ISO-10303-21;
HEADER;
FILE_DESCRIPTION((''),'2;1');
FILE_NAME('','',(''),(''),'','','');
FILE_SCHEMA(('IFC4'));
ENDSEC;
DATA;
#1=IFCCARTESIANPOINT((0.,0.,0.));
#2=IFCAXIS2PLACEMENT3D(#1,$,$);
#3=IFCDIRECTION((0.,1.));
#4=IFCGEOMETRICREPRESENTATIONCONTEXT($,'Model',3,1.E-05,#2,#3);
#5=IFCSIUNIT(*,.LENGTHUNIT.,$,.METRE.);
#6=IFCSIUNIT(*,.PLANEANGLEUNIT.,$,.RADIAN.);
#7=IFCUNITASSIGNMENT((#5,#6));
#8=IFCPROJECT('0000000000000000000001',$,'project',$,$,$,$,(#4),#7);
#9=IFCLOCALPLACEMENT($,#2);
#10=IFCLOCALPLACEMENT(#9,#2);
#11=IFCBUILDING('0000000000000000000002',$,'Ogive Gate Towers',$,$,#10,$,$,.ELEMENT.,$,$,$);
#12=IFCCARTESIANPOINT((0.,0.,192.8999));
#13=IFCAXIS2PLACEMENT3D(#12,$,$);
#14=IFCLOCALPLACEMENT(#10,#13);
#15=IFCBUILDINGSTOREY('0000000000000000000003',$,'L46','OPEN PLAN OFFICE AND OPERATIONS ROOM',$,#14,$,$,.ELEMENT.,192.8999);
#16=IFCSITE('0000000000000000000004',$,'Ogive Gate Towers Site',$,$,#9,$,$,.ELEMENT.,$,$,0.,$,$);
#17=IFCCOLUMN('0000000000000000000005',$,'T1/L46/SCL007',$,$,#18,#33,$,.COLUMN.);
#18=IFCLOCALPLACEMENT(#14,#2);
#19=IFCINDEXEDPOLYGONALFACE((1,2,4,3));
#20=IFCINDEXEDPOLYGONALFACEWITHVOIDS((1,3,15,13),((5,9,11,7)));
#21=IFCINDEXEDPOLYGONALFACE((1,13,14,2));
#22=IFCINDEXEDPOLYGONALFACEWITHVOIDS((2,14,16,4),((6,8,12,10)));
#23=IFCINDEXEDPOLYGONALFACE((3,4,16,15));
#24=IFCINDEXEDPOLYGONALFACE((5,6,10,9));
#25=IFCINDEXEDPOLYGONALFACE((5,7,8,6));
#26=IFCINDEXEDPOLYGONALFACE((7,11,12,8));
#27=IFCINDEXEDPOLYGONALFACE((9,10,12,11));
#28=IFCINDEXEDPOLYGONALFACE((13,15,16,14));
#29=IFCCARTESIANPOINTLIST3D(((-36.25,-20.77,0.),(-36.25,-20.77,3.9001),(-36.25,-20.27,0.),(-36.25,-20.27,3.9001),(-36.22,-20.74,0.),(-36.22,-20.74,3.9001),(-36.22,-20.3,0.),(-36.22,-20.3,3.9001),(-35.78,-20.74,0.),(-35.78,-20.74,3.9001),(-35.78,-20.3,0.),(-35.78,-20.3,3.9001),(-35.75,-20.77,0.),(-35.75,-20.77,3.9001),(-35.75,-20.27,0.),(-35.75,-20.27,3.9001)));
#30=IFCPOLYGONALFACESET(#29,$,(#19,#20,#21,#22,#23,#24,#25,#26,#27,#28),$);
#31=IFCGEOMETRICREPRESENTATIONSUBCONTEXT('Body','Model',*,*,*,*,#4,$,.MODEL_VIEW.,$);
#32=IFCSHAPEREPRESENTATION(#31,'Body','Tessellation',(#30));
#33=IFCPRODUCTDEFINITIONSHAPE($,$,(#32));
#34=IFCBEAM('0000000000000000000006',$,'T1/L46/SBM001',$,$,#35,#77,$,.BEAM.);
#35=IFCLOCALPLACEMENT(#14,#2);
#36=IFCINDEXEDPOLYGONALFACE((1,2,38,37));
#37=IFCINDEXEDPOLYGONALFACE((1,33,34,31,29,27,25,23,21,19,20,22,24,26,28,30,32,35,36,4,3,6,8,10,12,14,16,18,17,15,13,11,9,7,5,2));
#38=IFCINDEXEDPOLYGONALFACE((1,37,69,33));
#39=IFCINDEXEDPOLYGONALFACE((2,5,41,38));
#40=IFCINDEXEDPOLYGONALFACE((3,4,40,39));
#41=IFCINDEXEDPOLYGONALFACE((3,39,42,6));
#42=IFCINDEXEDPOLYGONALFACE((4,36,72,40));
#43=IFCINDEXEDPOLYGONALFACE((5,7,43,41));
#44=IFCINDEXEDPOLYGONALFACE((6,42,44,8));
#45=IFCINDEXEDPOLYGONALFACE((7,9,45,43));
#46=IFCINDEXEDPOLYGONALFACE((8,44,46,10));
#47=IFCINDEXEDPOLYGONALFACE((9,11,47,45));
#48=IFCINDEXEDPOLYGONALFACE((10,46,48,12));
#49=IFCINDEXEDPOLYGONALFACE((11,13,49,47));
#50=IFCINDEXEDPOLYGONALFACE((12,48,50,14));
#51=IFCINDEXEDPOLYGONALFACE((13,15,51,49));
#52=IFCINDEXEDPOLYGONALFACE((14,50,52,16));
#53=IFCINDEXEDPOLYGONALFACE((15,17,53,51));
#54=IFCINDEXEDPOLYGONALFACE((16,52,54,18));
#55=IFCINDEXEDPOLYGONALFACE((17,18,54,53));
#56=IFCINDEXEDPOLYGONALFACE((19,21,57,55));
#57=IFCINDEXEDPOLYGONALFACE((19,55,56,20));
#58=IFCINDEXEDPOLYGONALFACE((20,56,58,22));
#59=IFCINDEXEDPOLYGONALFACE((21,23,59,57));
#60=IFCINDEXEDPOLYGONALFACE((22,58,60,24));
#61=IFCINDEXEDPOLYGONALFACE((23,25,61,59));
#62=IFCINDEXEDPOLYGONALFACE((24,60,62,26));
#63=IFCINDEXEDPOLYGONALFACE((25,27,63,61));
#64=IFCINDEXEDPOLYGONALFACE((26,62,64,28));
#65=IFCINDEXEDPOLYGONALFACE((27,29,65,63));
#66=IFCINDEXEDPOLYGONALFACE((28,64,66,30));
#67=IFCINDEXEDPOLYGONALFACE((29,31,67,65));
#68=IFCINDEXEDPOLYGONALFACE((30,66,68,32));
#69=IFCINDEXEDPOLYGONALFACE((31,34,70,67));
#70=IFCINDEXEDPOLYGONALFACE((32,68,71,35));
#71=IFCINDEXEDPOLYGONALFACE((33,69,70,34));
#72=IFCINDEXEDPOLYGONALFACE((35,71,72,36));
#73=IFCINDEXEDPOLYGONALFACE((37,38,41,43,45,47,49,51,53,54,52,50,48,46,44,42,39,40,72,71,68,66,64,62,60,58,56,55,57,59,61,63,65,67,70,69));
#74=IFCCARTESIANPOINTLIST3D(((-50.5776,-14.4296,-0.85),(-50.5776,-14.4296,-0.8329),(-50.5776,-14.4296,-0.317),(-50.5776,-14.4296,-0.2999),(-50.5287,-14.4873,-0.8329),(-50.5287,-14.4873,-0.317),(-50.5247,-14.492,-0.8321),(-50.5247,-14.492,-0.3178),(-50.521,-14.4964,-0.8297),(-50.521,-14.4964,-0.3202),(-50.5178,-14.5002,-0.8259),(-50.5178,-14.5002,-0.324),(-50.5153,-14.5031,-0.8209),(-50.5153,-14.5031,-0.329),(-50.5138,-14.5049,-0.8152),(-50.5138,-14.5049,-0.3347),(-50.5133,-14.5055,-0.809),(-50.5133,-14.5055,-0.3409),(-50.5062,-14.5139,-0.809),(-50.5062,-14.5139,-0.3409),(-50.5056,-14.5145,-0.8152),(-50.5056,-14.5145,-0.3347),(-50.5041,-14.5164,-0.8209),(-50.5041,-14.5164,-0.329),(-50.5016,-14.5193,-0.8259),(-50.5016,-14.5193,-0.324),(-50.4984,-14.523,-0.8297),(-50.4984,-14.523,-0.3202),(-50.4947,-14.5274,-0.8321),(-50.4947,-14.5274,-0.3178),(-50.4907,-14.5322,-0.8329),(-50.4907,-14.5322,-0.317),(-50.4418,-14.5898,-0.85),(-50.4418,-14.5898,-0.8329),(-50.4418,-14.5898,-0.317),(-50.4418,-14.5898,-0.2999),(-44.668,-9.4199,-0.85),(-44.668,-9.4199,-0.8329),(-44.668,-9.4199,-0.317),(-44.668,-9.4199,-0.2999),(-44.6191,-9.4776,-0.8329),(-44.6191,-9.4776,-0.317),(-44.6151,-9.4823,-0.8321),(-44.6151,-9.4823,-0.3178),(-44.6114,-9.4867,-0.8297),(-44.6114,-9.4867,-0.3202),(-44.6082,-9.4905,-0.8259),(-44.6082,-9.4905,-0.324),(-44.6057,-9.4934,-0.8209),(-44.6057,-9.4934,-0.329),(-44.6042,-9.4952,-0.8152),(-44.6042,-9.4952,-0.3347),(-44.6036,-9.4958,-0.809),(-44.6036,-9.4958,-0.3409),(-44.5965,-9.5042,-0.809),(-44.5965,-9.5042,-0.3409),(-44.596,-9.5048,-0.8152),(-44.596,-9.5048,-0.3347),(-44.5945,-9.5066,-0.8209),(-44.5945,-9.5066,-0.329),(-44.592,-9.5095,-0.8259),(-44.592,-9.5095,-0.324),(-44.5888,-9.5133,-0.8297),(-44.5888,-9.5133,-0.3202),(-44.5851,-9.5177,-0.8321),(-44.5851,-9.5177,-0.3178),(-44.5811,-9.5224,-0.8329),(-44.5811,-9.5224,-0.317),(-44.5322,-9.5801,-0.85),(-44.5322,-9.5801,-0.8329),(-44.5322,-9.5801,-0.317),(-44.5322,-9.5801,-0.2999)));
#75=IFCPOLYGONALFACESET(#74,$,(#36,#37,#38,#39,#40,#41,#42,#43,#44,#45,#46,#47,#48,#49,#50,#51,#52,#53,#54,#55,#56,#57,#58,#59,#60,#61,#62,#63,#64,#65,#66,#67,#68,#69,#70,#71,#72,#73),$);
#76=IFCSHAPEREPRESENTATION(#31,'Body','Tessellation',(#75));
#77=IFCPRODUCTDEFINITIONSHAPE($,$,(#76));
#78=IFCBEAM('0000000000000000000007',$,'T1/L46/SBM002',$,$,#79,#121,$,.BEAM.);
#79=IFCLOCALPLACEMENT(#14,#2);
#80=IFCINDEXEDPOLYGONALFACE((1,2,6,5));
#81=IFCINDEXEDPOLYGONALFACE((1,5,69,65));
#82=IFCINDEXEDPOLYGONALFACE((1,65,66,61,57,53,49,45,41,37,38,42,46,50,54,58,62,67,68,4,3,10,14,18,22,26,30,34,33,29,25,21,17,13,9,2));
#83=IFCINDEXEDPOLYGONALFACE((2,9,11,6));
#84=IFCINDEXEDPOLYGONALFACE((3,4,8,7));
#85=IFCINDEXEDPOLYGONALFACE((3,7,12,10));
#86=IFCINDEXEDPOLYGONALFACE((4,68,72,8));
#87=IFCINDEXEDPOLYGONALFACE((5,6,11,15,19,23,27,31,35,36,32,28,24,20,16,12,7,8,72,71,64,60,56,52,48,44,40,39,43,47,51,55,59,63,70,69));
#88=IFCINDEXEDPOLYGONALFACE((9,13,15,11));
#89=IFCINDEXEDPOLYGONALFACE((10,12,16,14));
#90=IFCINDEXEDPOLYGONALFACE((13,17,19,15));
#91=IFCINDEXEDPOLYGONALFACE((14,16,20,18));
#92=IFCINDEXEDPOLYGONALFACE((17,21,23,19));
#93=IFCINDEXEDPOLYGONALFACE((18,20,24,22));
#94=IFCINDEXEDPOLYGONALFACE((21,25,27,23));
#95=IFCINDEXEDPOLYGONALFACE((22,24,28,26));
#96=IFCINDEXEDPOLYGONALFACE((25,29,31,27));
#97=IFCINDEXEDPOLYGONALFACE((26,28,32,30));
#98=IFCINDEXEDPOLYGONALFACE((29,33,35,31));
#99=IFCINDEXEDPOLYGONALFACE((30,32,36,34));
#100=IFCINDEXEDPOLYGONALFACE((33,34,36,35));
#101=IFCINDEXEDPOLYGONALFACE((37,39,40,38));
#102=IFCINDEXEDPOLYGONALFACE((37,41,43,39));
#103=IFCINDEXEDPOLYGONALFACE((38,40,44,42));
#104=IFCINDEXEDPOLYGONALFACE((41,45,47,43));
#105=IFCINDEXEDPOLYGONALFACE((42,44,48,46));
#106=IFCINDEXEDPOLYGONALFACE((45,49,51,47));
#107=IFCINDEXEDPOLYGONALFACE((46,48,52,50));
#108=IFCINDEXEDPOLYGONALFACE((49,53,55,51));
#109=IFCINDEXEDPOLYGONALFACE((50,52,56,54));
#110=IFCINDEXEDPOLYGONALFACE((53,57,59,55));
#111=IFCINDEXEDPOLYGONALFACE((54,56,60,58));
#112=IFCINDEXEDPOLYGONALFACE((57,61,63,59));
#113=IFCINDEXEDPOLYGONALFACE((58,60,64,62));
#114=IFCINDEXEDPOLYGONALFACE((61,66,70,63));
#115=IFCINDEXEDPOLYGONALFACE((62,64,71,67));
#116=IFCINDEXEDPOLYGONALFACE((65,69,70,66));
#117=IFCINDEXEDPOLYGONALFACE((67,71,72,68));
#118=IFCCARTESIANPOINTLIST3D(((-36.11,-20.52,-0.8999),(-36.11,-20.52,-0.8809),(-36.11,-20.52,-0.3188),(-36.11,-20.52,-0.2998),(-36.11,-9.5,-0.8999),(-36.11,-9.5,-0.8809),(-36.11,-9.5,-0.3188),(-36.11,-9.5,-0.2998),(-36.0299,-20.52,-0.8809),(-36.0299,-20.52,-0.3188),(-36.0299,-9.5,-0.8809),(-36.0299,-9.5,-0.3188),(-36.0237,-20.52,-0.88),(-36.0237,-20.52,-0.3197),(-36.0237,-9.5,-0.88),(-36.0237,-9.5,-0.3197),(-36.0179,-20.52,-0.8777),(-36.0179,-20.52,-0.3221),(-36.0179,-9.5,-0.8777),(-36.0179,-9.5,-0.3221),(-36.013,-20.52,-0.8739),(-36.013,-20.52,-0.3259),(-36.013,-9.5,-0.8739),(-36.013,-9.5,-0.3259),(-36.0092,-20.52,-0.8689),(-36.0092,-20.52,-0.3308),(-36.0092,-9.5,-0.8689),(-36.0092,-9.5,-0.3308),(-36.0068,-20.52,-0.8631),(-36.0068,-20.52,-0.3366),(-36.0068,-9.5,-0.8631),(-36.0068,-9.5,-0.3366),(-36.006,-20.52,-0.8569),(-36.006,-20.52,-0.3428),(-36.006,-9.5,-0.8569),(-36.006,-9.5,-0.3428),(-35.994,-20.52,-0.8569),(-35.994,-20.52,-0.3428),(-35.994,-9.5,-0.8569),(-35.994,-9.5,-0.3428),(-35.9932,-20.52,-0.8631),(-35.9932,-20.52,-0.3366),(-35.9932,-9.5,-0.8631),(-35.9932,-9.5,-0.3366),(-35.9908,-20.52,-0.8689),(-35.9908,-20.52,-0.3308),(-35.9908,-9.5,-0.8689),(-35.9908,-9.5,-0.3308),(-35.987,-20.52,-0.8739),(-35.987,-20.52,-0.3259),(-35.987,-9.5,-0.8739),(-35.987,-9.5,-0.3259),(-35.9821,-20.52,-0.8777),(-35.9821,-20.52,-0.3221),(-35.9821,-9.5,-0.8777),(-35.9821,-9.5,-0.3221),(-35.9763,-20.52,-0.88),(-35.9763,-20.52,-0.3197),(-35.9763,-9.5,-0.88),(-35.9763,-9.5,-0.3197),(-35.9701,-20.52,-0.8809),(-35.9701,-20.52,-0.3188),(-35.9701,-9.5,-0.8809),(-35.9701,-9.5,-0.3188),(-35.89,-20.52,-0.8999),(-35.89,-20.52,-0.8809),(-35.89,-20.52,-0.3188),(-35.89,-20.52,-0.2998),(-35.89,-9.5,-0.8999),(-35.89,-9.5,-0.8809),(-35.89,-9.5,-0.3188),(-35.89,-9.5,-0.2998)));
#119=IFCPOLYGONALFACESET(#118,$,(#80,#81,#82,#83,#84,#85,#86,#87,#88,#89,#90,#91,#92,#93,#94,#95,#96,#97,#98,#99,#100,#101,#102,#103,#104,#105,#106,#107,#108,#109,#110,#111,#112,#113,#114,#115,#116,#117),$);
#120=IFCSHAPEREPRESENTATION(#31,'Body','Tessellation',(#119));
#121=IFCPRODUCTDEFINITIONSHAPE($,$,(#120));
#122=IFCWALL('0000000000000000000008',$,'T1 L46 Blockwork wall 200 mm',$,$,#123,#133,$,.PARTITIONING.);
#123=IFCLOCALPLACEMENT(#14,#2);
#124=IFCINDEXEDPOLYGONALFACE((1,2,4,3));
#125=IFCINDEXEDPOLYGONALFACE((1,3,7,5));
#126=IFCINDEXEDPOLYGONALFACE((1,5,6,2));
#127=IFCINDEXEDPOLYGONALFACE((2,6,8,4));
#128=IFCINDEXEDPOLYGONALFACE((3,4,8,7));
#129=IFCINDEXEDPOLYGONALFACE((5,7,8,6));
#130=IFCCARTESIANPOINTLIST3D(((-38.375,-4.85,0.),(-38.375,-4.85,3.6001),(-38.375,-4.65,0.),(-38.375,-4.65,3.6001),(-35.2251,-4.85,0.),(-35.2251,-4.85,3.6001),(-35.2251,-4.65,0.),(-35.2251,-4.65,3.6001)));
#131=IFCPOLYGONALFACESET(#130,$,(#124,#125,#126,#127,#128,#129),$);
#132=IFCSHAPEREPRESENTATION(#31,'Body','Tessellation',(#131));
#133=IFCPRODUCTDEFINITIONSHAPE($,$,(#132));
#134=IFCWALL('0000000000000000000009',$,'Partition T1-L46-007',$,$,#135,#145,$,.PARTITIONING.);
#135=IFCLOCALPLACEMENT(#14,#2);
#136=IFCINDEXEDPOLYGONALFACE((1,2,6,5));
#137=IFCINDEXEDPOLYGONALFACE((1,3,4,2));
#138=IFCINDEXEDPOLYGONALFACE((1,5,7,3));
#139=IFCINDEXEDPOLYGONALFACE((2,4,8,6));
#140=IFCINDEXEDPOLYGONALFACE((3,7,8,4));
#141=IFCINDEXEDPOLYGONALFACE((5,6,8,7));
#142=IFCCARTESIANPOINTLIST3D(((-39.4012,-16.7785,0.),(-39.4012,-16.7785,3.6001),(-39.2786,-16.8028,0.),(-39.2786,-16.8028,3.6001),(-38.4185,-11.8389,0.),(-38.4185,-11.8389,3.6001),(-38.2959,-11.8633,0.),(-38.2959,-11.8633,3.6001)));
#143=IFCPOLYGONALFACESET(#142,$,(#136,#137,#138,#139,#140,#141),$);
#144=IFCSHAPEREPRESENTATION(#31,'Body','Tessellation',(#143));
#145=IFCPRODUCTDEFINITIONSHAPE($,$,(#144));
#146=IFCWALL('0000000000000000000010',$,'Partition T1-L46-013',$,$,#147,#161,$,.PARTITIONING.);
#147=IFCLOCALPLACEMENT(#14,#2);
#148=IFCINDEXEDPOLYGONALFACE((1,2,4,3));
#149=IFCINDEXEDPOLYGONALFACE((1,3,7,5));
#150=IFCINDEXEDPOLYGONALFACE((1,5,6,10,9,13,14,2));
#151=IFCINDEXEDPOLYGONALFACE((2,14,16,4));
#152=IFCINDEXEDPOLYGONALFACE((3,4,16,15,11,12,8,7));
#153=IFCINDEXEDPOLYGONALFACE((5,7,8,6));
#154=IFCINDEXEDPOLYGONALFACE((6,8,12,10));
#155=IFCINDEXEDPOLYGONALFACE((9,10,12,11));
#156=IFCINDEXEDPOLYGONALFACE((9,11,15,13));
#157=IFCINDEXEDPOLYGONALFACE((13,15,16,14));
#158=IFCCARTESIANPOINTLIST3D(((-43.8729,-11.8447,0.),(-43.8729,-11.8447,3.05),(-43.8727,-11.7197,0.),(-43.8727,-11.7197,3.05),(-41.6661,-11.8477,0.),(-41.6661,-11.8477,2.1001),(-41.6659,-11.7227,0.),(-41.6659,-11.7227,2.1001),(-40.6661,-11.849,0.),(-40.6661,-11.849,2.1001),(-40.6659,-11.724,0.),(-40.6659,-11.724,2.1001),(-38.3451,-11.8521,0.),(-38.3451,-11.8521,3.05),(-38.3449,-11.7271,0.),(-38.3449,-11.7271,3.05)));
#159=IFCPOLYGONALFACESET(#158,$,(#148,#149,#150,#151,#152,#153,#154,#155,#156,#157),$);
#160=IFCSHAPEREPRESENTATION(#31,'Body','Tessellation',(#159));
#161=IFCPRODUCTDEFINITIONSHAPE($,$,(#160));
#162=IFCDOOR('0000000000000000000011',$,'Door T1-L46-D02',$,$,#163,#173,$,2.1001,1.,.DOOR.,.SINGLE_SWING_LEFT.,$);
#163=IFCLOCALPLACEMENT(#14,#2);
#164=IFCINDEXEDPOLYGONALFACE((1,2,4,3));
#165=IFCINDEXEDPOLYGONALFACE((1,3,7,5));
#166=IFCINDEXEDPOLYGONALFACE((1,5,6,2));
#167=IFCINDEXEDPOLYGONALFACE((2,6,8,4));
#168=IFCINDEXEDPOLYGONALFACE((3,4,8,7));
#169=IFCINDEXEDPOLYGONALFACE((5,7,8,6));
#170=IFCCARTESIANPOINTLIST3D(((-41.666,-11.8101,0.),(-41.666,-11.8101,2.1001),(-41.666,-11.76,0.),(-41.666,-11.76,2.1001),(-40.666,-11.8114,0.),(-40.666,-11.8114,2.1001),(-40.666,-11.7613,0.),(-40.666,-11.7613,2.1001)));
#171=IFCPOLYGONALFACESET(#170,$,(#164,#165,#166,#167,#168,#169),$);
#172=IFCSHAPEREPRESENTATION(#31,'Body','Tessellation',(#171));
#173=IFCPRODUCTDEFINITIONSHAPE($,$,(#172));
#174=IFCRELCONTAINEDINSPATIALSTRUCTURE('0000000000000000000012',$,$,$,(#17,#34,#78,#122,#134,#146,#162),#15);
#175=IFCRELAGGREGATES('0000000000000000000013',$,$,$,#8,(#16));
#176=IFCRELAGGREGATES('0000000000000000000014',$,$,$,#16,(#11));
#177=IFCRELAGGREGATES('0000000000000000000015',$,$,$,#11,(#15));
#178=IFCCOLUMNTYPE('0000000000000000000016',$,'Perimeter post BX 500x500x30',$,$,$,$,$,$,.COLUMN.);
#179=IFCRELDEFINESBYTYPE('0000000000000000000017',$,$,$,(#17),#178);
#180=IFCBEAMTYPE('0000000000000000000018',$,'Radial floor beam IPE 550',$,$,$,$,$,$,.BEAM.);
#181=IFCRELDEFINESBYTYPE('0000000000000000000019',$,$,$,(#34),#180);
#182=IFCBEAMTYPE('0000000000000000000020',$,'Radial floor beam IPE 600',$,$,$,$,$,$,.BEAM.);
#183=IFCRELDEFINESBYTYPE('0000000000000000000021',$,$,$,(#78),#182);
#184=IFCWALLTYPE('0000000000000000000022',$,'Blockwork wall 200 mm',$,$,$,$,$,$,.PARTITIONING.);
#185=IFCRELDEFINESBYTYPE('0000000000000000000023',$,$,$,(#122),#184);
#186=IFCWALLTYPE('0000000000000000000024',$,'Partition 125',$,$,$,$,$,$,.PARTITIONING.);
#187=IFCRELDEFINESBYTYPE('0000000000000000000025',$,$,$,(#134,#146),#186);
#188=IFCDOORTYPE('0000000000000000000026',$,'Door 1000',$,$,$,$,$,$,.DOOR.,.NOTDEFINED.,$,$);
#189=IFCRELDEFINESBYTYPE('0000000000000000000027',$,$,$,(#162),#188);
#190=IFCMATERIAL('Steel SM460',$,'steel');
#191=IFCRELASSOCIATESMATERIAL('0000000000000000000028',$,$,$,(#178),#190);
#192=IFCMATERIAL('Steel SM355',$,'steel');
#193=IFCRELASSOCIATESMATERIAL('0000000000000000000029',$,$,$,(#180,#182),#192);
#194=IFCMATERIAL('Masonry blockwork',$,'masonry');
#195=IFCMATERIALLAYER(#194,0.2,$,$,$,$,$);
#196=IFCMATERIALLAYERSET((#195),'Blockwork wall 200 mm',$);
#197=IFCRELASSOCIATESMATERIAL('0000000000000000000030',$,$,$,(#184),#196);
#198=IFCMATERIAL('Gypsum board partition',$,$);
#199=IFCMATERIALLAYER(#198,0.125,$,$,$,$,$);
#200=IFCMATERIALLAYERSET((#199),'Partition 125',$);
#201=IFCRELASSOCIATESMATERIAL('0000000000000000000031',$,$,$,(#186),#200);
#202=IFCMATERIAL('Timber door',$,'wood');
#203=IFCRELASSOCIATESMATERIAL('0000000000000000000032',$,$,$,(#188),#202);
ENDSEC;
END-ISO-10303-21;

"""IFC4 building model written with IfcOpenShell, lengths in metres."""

from ifc_helpers import new_model, si_unit, direction, frame, frame_2d, origin, origin_2d, place, context, subcontext, project, spatial, rectangle, hollow_rectangle, i_section, extrude, material, layer, layer_set, material_profile, profile_set, type_object, element, fill, save


model = new_model("IFC4")

# Units and contexts
model_context = context("Model", 3, precision=1e-05, world=origin(), true_north=direction((0.0, 1.0)))
body_context = subcontext(model_context, "Body", "Model", "MODEL_VIEW")
ifc_project = project(units=[si_unit("LENGTHUNIT", "METRE"), si_unit("PLANEANGLEUNIT", "RADIAN")], contexts=[model_context])

# Site, building, storey
site_placement = place(None, origin())
site = spatial("IfcSite", under=ifc_project, at=site_placement, Name="Ogive Gate Towers Site", CompositionType="ELEMENT", RefElevation=0.0)
building_placement = place(site_placement, origin())
building = spatial("IfcBuilding", under=site, at=building_placement, Name="Ogive Gate Towers", CompositionType="ELEMENT")
storey_placement = place(building_placement, frame((0.0, 0.0, 192.8999)))
storey = spatial("IfcBuildingStorey", under=building, at=storey_placement, Name="L46", Description="OPEN PLAN OFFICE AND OPERATIONS ROOM", CompositionType="ELEMENT", Elevation=192.8999)

# Column
ifc_material_1 = material(Name="Steel SM460", Category="steel")
ifc_material_profile_1 = material_profile(ifc_material_1, hollow_rectangle(XDim=0.5, YDim=0.5, WallThickness=0.03, at=origin_2d()), Name="BX 500x500x30")
ifc_profile_set_1 = profile_set([ifc_material_profile_1], Name="Steel SM460")
column_type = type_object("IfcColumnType", Name="Perimeter post BX 500x500x30", PredefinedType="COLUMN", material=ifc_profile_set_1)
column_placement = place(storey_placement, frame((-36.0, -20.52, 0.0), z_axis=(0.0, 0.0, 1.0), x_axis=(1.0, 0.0, 0.0)))
element("IfcColumn", 1, at=column_placement, inside=storey, type_object=column_type, Name="T1/L46/SCL007", PredefinedType="COLUMN", context=body_context, shape_type="SweptSolid", body=[
    extrude(hollow_rectangle(XDim=0.5, YDim=0.5, WallThickness=0.03, at=origin_2d()), origin(), (0.0, 0.0, 1.0), 3.9001),
])

# Beams
ifc_material_2 = material(Name="Steel SM355", Category="steel")
ifc_material_profile_2 = material_profile(ifc_material_2, i_section(OverallWidth=0.21, OverallDepth=0.55, WebThickness=0.011, FlangeThickness=0.0171, FilletRadius=0.0239, at=origin_2d()), Name="IPE 550")
ifc_profile_set_2 = profile_set([ifc_material_profile_2], Name="Steel SM355")
beam_type_1 = type_object("IfcBeamType", Name="Radial floor beam IPE 550", PredefinedType="BEAM", material=ifc_profile_set_2)
beam_1_placement = place(storey_placement, frame((-44.6001, -9.5, -0.575), z_axis=(-0.762795, -0.64664, 0.0), x_axis=(0.64664, -0.762795, 0.0)))
element("IfcBeam", 2, at=beam_1_placement, inside=storey, type_object=beam_type_1, Name="T1/L46/SBM001", PredefinedType="BEAM", context=body_context, shape_type="SweptSolid", body=[
    extrude(i_section(OverallWidth=0.21, OverallDepth=0.55, WebThickness=0.011, FlangeThickness=0.0171, FilletRadius=0.0239, at=origin_2d()), origin(), (0.0, 0.0, 1.0), 7.7473),
])
ifc_material_profile_3 = material_profile(ifc_material_2, i_section(OverallWidth=0.22, OverallDepth=0.6001, WebThickness=0.012, FlangeThickness=0.019, FilletRadius=0.0239, at=origin_2d()), Name="IPE 600")
ifc_profile_set_3 = profile_set([ifc_material_profile_3], Name="Steel SM355")
beam_type_2 = type_object("IfcBeamType", Name="Radial floor beam IPE 600", PredefinedType="BEAM", material=ifc_profile_set_3)
beam_2_placement = place(storey_placement, frame((-36.0, -9.5, -0.5999), z_axis=(0.0, -1.0, 0.0), x_axis=(1.0, 0.0, 0.0)))
element("IfcBeam", 3, at=beam_2_placement, inside=storey, type_object=beam_type_2, Name="T1/L46/SBM002", PredefinedType="BEAM", context=body_context, shape_type="SweptSolid", body=[
    extrude(i_section(OverallWidth=0.22, OverallDepth=0.6001, WebThickness=0.012, FlangeThickness=0.019, FilletRadius=0.0239, at=origin_2d()), origin(), (0.0, 0.0, 1.0), 11.02),
])

# Walls
ifc_material_3 = material(Name="Masonry blockwork", Category="masonry")
ifc_layer_1 = layer(ifc_material_3, 0.2)
ifc_layer_set_1 = layer_set([ifc_layer_1], Name="Blockwork wall 200 mm")
wall_type_1 = type_object("IfcWallType", Name="Blockwork wall 200 mm", PredefinedType="PARTITIONING", material=ifc_layer_set_1)
wall_1_placement = place(storey_placement, frame((-38.375, -4.75, 0.0), z_axis=(0.0, 0.0, 1.0), x_axis=(1.0, 0.0, 0.0)))
element("IfcWall", 4, at=wall_1_placement, inside=storey, type_object=wall_type_1, Name="T1 L46 Blockwork wall 200 mm", PredefinedType="PARTITIONING", context=body_context, shape_type="SweptSolid", body=[
    extrude(rectangle(XDim=3.1499, YDim=0.2, at=frame_2d((1.575, 0.0))), origin(), (0.0, 0.0, 1.0), 3.6001),
])
ifc_material_4 = material(Name="Gypsum board partition")
ifc_layer_2 = layer(ifc_material_4, 0.125)
ifc_layer_set_2 = layer_set([ifc_layer_2], Name="Partition 125")
wall_type_2 = type_object("IfcWallType", Name="Partition 125", PredefinedType="PARTITIONING", material=ifc_layer_set_2)
wall_2_placement = place(storey_placement, frame((-39.3398, -16.7905, 0.0), z_axis=(0.0, 0.0, 1.0), x_axis=(0.195109, 0.980782, 0.0)))
element("IfcWall", 5, at=wall_2_placement, inside=storey, type_object=wall_type_2, Name="Partition T1-L46-007", PredefinedType="PARTITIONING", context=body_context, shape_type="SweptSolid", body=[
    extrude(rectangle(XDim=5.0364, YDim=0.125, at=frame_2d((2.5181, 0.0))), origin(), (0.0, 0.0, 1.0), 3.6001),
])

# Wall, opening, door
wall_3_placement = place(storey_placement, frame((-38.345, -11.7896, 0.0), z_axis=(0.0, 0.0, 1.0), x_axis=(-0.999999, 0.001325, 0.0)))
wall_3 = element("IfcWall", 6, at=wall_3_placement, inside=storey, type_object=wall_type_2, Name="Partition T1-L46-013", PredefinedType="PARTITIONING", context=body_context, shape_type="SweptSolid", body=[
    extrude(rectangle(XDim=5.5278, YDim=0.125, at=frame_2d((2.7639, 0.0))), origin(), (0.0, 0.0, 1.0), 3.05),
])
opening_1_placement = place(wall_3_placement, frame((2.321, 0.0, 0.0)))
opening_1 = element("IfcOpeningElement", 7, at=opening_1_placement, cuts=wall_3, PredefinedType="OPENING", context=body_context, shape_type="SweptSolid", body=[
    extrude(rectangle(XDim=1.0, YDim=2.1001, at=frame_2d((0.5, 1.05))), frame((0.0, 0.0725, 0.0), z_axis=(0.0, -1.0, 0.0), x_axis=(1.0, 0.0, 0.0)), (0.0, 0.0, 1.0), 0.145),
])
ifc_material_5 = material(Name="Timber door", Category="wood")
door_type_1 = type_object("IfcDoorType", Name="Door 1000", OperationType="NOTDEFINED", PredefinedType="DOOR", material=ifc_material_5)
door_1_placement = place(opening_1_placement, origin())
door_1 = element("IfcDoor", 8, at=door_1_placement, inside=storey, type_object=door_type_1, Name="Door T1-L46-D02", OperationType="SINGLE_SWING_LEFT", OverallHeight=2.1001, OverallWidth=1.0, PredefinedType="DOOR", context=body_context, shape_type="SweptSolid", body=[
    extrude(rectangle(XDim=1.0, YDim=2.1001, at=frame_2d((0.5, 1.05))), frame((0.0, 0.0249, 0.0), z_axis=(0.0, -1.0, 0.0), x_axis=(1.0, 0.0, 0.0)), (0.0, 0.0, 1.0), 0.05),
])
fill(opening_1, door_1)

save(model, "model.ifc")
